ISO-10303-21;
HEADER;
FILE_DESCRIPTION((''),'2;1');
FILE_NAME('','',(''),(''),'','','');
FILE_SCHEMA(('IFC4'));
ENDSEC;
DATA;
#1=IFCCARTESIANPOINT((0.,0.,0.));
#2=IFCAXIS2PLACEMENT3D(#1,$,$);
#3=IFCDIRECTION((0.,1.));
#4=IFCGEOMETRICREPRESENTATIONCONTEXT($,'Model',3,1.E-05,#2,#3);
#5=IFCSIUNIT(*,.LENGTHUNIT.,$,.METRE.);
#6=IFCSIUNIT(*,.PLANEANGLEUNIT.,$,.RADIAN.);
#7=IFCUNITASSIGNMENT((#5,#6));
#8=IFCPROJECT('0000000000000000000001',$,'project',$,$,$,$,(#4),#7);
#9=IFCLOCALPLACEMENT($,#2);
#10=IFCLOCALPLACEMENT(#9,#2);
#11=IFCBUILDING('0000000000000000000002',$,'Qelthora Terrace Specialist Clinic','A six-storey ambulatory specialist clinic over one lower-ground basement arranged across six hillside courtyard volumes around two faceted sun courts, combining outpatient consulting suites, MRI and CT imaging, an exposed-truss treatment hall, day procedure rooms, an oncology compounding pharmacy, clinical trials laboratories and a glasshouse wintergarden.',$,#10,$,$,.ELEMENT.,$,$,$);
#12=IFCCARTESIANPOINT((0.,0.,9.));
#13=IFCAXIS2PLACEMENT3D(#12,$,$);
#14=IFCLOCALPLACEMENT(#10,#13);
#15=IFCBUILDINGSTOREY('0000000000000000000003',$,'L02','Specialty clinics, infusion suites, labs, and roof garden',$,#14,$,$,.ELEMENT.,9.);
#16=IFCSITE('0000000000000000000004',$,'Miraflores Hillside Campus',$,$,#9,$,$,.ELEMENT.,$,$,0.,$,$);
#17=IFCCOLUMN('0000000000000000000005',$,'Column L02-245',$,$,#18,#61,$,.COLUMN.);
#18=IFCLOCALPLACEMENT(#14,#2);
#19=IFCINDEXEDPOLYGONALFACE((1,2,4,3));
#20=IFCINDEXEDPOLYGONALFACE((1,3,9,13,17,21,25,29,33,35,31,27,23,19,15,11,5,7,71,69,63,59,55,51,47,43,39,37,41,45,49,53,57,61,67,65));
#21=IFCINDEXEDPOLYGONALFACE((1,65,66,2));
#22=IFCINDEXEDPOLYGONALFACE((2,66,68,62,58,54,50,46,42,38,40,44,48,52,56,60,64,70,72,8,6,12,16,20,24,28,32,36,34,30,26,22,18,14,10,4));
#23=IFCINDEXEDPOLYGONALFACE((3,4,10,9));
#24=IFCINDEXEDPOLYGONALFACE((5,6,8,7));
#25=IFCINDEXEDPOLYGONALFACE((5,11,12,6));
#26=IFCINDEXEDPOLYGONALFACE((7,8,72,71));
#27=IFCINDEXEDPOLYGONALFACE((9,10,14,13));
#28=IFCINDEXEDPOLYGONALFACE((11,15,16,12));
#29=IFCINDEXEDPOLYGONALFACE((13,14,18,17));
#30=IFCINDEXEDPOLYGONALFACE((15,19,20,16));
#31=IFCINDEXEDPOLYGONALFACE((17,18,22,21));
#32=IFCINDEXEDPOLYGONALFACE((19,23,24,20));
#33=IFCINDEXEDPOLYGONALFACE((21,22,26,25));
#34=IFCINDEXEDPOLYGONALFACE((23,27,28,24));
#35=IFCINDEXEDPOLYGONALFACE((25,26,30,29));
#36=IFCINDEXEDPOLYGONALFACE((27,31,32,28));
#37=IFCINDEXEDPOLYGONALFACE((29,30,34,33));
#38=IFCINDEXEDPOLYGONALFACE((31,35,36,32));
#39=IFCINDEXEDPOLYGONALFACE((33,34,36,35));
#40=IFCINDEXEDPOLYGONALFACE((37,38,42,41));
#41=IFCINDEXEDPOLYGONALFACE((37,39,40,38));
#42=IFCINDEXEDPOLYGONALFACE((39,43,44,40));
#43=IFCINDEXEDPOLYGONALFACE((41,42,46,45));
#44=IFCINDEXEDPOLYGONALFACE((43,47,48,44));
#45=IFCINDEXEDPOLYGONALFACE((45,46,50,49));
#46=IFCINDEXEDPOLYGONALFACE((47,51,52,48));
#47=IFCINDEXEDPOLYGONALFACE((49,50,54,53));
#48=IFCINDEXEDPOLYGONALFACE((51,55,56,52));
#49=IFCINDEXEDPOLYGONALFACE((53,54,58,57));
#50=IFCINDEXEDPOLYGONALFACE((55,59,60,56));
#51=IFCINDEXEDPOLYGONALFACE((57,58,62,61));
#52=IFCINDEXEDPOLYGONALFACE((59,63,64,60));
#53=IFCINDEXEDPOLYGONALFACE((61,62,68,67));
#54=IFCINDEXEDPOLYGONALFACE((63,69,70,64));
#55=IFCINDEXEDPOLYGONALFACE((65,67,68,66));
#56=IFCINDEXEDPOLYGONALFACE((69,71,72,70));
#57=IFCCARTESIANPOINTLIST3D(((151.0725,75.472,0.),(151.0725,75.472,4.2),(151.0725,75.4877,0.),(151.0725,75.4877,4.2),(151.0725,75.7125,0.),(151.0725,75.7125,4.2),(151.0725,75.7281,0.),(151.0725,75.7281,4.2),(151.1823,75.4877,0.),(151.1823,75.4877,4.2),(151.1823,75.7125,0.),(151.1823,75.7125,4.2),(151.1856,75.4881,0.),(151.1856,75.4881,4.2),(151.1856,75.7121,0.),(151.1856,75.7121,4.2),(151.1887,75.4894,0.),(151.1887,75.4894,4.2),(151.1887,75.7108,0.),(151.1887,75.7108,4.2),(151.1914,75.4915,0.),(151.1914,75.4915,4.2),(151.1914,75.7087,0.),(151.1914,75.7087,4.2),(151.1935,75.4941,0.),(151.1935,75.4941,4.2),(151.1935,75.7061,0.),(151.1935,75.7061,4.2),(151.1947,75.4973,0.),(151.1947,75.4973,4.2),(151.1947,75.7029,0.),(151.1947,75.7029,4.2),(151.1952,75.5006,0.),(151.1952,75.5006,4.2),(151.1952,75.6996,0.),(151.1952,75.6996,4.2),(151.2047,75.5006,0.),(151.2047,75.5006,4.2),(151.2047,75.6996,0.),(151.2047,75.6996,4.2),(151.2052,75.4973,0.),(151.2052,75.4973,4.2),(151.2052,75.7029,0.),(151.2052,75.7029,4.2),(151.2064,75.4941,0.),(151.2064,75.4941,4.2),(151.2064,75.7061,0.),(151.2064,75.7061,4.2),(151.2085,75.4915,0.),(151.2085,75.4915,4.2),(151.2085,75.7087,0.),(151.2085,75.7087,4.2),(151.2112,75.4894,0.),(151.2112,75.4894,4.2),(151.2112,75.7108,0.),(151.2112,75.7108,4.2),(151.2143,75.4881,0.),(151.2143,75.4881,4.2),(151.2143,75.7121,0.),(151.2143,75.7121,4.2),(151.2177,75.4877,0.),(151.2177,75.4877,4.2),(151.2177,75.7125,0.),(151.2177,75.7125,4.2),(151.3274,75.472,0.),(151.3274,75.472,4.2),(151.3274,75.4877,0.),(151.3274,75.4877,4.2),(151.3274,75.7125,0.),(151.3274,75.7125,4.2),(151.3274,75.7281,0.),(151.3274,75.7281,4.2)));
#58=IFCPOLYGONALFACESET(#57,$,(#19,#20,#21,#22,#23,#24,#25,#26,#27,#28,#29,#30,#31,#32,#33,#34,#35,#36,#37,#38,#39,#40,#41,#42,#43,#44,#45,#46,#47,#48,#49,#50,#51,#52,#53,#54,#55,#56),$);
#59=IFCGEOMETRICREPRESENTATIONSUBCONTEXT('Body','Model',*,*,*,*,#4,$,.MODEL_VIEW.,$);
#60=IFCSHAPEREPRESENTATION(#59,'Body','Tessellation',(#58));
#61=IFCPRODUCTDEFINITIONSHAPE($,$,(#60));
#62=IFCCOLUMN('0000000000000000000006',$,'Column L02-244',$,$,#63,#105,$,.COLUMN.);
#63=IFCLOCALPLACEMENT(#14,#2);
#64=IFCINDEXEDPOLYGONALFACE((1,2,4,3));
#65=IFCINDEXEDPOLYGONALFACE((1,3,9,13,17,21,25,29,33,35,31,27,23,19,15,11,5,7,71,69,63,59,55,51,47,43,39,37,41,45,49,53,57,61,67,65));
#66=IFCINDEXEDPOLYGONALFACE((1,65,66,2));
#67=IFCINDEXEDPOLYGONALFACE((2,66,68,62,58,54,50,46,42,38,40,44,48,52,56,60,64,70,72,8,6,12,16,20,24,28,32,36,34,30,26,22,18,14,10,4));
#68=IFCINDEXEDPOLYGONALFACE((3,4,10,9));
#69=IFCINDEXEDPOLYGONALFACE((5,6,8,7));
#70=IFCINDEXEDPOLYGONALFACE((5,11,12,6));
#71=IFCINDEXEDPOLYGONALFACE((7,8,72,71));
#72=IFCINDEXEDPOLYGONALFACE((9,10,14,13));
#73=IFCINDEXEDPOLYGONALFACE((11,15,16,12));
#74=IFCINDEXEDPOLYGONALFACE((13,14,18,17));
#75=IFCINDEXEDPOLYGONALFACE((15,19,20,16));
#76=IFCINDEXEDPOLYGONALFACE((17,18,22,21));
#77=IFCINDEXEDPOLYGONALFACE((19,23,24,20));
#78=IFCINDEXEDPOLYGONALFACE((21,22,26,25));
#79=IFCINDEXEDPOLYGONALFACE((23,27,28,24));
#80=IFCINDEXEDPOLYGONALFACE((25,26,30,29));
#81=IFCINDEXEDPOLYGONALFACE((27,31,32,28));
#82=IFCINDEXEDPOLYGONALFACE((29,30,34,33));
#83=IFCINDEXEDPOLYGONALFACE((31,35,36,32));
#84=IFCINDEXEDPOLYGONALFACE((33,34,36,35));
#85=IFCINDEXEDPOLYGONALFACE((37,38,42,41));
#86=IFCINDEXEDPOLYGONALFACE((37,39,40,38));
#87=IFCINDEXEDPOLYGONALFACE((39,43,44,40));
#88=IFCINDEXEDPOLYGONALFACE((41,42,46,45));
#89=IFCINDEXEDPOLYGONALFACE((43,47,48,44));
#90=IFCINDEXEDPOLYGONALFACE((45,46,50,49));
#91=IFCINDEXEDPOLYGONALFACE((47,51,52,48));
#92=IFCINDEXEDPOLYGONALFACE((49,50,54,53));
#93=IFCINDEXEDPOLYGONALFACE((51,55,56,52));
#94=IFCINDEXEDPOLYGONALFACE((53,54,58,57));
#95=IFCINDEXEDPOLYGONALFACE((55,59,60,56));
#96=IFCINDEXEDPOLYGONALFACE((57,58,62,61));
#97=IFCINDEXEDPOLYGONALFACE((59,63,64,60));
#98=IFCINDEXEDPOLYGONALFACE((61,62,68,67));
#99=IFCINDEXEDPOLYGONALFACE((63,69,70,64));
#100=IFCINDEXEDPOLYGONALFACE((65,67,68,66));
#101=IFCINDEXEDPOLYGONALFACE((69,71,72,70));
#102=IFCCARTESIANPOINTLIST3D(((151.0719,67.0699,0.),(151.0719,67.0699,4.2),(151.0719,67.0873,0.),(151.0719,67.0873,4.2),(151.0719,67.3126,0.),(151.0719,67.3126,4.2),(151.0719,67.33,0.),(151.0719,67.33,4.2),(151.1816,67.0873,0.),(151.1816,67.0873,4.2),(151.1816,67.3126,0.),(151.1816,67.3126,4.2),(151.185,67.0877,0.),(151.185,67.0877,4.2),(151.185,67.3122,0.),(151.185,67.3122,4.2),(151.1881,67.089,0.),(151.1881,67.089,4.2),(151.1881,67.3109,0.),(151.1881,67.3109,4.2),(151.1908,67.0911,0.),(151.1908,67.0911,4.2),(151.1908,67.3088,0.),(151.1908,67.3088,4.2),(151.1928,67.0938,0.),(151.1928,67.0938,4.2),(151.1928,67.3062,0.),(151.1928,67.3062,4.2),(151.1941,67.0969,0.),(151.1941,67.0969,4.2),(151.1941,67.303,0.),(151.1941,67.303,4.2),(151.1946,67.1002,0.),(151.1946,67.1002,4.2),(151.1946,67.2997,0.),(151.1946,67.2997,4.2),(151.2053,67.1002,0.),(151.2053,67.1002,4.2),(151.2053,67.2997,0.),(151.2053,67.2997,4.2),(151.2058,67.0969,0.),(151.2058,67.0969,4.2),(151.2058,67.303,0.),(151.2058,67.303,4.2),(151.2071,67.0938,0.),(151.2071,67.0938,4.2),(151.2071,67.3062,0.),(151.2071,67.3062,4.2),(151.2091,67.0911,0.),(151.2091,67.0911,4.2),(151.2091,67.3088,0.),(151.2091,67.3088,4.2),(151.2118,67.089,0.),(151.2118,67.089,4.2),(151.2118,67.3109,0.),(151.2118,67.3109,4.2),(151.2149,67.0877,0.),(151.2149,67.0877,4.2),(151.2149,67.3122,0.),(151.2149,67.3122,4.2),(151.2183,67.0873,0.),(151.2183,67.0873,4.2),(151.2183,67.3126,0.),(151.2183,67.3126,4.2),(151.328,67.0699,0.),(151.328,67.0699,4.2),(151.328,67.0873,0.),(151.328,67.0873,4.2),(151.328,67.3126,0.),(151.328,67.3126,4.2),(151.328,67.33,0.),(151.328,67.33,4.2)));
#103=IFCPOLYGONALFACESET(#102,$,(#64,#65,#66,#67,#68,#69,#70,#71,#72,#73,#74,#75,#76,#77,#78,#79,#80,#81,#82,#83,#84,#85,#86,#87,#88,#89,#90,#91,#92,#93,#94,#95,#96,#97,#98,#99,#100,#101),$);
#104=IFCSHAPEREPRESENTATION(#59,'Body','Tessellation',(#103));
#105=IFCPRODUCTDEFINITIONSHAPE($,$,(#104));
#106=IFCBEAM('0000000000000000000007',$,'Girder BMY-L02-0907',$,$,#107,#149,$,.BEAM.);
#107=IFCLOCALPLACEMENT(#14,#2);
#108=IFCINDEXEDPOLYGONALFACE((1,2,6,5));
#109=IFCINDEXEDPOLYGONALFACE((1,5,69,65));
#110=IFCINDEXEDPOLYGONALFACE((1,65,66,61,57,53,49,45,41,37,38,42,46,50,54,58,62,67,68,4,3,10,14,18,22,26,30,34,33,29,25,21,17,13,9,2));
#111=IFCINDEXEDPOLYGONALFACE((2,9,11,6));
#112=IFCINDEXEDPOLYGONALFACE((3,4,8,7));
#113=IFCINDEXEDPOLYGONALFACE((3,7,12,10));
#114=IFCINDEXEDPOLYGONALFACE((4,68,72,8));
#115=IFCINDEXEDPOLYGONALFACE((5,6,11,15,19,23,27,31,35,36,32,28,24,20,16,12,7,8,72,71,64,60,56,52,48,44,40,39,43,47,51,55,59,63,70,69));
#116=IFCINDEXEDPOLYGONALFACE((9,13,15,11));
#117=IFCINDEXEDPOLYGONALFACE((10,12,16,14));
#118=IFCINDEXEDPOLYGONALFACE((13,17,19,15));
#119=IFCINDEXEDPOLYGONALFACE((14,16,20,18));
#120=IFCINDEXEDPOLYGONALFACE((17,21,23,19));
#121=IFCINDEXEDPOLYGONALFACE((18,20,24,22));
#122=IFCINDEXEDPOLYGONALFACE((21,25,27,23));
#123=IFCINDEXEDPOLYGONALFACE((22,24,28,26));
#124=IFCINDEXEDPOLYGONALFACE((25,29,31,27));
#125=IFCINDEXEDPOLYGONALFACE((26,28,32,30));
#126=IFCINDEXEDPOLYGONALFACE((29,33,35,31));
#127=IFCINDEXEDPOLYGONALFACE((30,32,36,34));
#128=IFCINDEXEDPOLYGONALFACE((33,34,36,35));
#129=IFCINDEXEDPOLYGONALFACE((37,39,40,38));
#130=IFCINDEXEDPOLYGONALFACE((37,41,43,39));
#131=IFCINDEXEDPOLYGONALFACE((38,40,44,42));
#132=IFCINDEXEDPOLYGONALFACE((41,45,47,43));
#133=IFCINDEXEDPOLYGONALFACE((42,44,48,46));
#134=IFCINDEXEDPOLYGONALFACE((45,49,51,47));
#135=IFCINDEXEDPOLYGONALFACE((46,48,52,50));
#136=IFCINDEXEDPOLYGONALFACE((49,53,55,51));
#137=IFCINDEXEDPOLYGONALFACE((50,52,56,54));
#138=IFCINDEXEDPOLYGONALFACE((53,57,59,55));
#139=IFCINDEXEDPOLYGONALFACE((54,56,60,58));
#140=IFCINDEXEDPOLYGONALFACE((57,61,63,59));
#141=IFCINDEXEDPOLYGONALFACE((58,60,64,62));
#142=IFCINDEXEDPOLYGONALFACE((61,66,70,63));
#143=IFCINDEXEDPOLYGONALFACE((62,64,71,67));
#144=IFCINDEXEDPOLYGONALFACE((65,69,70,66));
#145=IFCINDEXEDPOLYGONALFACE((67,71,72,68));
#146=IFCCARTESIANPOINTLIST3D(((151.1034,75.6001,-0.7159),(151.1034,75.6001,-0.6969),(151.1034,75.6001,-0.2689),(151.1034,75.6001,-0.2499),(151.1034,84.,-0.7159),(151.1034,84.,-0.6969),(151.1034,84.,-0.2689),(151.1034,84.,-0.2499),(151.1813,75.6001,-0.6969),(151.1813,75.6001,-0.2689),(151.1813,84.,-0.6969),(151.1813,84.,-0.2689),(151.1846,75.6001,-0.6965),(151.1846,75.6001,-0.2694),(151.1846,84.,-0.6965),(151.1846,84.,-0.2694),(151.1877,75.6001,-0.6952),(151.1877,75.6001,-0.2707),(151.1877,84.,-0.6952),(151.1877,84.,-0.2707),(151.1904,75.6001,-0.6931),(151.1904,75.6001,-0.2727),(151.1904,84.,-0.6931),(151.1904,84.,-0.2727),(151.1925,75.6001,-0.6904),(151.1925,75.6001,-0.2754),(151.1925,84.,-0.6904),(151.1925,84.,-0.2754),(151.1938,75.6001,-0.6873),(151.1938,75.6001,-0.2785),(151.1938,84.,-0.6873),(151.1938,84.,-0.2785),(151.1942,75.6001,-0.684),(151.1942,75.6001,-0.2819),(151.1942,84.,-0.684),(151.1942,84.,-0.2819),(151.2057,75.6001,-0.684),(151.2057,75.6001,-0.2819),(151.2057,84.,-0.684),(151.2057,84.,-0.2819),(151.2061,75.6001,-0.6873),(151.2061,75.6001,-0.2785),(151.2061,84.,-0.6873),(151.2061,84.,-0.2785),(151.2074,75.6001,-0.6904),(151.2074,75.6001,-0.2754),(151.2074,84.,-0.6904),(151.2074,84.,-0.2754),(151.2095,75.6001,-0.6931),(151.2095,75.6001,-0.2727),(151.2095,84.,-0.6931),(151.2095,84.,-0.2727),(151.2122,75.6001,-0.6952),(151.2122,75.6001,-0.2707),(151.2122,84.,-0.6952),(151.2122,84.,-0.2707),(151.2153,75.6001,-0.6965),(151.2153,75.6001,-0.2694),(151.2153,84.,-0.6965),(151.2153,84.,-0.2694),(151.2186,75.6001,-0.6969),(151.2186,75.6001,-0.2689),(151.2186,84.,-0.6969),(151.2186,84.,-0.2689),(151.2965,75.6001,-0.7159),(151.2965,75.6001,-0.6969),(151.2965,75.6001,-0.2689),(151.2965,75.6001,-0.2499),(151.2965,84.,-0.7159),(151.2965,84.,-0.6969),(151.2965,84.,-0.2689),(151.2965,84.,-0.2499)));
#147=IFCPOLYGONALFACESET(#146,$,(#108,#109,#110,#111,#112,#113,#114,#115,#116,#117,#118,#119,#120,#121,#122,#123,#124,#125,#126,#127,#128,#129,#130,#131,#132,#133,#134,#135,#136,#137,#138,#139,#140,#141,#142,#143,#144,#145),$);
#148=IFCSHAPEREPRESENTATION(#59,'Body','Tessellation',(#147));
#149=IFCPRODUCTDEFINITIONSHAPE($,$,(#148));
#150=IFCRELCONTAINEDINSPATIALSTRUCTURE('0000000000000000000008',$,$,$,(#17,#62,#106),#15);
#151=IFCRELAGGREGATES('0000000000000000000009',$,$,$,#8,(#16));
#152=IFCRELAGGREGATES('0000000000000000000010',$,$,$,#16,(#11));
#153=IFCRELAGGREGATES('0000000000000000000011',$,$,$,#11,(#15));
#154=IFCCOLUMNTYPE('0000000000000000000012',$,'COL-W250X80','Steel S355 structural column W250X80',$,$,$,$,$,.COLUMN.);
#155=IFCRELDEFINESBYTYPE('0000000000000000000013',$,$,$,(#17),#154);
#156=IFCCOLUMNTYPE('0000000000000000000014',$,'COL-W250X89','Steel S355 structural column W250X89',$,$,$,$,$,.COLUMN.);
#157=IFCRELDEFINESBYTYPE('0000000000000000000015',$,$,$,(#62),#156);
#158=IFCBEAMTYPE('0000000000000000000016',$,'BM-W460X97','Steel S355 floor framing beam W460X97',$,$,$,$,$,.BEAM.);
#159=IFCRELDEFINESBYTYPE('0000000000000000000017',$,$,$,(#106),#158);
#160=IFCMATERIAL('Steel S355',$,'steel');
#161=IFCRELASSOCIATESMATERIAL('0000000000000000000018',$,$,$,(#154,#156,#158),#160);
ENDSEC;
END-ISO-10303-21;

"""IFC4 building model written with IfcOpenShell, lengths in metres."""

from ifc_helpers import new_model, si_unit, direction, frame, origin, origin_2d, place, context, subcontext, project, spatial, i_section, extrude, material, material_profile, profile_set, type_object, element, save


model = new_model("IFC4")

# Units and contexts
model_context = context("Model", 3, precision=1e-05, world=origin(), true_north=direction((0.0, 1.0)))
body_context = subcontext(model_context, "Body", "Model", "MODEL_VIEW")
ifc_project = project(units=[si_unit("LENGTHUNIT", "METRE"), si_unit("PLANEANGLEUNIT", "RADIAN")], contexts=[model_context])

# Site, building, storey
site_placement = place(None, origin())
site = spatial("IfcSite", under=ifc_project, at=site_placement, Name="Miraflores Hillside Campus", CompositionType="ELEMENT", RefElevation=0.0)
building_placement = place(site_placement, origin())
building = spatial("IfcBuilding", under=site, at=building_placement, Name="Qelthora Terrace Specialist Clinic", Description="A six-storey ambulatory specialist clinic over one lower-ground basement arranged across six hillside courtyard volumes around two faceted sun courts, combining outpatient consulting suites, MRI and CT imaging, an exposed-truss treatment hall, day procedure rooms, an oncology compounding pharmacy, clinical trials laboratories and a glasshouse wintergarden.", CompositionType="ELEMENT")
storey_placement = place(building_placement, frame((0.0, 0.0, 9.0)))
storey = spatial("IfcBuildingStorey", under=building, at=storey_placement, Name="L02", Description="Specialty clinics, infusion suites, labs, and roof garden", CompositionType="ELEMENT", Elevation=9.0)

# Columns
ifc_material_1 = material(Name="Steel S355", Category="steel")
ifc_material_profile_1 = material_profile(ifc_material_1, i_section(OverallWidth=0.2549, OverallDepth=0.2561, WebThickness=0.0095, FlangeThickness=0.0156, FilletRadius=0.0129, at=origin_2d()), Name="W250X80")
ifc_profile_set_1 = profile_set([ifc_material_profile_1], Name="Steel S355")
column_type_1 = type_object("IfcColumnType", Name="COL-W250X80", Description="Steel S355 structural column W250X80", PredefinedType="COLUMN", material=ifc_profile_set_1)
column_1_placement = place(storey_placement, frame((151.2, 75.6001, 0.0), z_axis=(0.0, 0.0, 1.0), x_axis=(1.0, 0.0, 0.0)))
element("IfcColumn", 1, at=column_1_placement, inside=storey, type_object=column_type_1, Name="Column L02-245", PredefinedType="COLUMN", context=body_context, shape_type="SweptSolid", body=[
    extrude(i_section(OverallWidth=0.2549, OverallDepth=0.2561, WebThickness=0.0095, FlangeThickness=0.0156, FilletRadius=0.0129, at=origin_2d()), origin(), (0.0, 0.0, 1.0), 4.2),
])
ifc_material_profile_2 = material_profile(ifc_material_1, i_section(OverallWidth=0.2561, OverallDepth=0.26, WebThickness=0.0107, FlangeThickness=0.0173, FilletRadius=0.0129, at=origin_2d()), Name="W250X89")
ifc_profile_set_2 = profile_set([ifc_material_profile_2], Name="Steel S355")
column_type_2 = type_object("IfcColumnType", Name="COL-W250X89", Description="Steel S355 structural column W250X89", PredefinedType="COLUMN", material=ifc_profile_set_2)
column_2_placement = place(storey_placement, frame((151.2, 67.2, 0.0), z_axis=(0.0, 0.0, 1.0), x_axis=(1.0, 0.0, 0.0)))
element("IfcColumn", 2, at=column_2_placement, inside=storey, type_object=column_type_2, Name="Column L02-244", PredefinedType="COLUMN", context=body_context, shape_type="SweptSolid", body=[
    extrude(i_section(OverallWidth=0.2561, OverallDepth=0.26, WebThickness=0.0107, FlangeThickness=0.0173, FilletRadius=0.0129, at=origin_2d()), origin(), (0.0, 0.0, 1.0), 4.2),
])

# Beam
ifc_material_profile_3 = material_profile(ifc_material_1, i_section(OverallWidth=0.1931, OverallDepth=0.4661, WebThickness=0.0115, FlangeThickness=0.019, FilletRadius=0.0129, at=origin_2d()), Name="W460X97")
ifc_profile_set_3 = profile_set([ifc_material_profile_3], Name="Steel S355")
beam_type_1 = type_object("IfcBeamType", Name="BM-W460X97", Description="Steel S355 floor framing beam W460X97", PredefinedType="BEAM", material=ifc_profile_set_3)
beam_1_placement = place(storey_placement, frame((151.2, 75.6001, -0.4829), z_axis=(0.0, 1.0, 0.0), x_axis=(-1.0, 0.0, 0.0)))
element("IfcBeam", 3, at=beam_1_placement, inside=storey, type_object=beam_type_1, Name="Girder BMY-L02-0907", PredefinedType="BEAM", context=body_context, shape_type="SweptSolid", body=[
    extrude(i_section(OverallWidth=0.1931, OverallDepth=0.4661, WebThickness=0.0115, FlangeThickness=0.019, FilletRadius=0.0129, at=origin_2d()), origin(), (0.0, 0.0, 1.0), 8.3999),
])

save(model, "model.ifc")
